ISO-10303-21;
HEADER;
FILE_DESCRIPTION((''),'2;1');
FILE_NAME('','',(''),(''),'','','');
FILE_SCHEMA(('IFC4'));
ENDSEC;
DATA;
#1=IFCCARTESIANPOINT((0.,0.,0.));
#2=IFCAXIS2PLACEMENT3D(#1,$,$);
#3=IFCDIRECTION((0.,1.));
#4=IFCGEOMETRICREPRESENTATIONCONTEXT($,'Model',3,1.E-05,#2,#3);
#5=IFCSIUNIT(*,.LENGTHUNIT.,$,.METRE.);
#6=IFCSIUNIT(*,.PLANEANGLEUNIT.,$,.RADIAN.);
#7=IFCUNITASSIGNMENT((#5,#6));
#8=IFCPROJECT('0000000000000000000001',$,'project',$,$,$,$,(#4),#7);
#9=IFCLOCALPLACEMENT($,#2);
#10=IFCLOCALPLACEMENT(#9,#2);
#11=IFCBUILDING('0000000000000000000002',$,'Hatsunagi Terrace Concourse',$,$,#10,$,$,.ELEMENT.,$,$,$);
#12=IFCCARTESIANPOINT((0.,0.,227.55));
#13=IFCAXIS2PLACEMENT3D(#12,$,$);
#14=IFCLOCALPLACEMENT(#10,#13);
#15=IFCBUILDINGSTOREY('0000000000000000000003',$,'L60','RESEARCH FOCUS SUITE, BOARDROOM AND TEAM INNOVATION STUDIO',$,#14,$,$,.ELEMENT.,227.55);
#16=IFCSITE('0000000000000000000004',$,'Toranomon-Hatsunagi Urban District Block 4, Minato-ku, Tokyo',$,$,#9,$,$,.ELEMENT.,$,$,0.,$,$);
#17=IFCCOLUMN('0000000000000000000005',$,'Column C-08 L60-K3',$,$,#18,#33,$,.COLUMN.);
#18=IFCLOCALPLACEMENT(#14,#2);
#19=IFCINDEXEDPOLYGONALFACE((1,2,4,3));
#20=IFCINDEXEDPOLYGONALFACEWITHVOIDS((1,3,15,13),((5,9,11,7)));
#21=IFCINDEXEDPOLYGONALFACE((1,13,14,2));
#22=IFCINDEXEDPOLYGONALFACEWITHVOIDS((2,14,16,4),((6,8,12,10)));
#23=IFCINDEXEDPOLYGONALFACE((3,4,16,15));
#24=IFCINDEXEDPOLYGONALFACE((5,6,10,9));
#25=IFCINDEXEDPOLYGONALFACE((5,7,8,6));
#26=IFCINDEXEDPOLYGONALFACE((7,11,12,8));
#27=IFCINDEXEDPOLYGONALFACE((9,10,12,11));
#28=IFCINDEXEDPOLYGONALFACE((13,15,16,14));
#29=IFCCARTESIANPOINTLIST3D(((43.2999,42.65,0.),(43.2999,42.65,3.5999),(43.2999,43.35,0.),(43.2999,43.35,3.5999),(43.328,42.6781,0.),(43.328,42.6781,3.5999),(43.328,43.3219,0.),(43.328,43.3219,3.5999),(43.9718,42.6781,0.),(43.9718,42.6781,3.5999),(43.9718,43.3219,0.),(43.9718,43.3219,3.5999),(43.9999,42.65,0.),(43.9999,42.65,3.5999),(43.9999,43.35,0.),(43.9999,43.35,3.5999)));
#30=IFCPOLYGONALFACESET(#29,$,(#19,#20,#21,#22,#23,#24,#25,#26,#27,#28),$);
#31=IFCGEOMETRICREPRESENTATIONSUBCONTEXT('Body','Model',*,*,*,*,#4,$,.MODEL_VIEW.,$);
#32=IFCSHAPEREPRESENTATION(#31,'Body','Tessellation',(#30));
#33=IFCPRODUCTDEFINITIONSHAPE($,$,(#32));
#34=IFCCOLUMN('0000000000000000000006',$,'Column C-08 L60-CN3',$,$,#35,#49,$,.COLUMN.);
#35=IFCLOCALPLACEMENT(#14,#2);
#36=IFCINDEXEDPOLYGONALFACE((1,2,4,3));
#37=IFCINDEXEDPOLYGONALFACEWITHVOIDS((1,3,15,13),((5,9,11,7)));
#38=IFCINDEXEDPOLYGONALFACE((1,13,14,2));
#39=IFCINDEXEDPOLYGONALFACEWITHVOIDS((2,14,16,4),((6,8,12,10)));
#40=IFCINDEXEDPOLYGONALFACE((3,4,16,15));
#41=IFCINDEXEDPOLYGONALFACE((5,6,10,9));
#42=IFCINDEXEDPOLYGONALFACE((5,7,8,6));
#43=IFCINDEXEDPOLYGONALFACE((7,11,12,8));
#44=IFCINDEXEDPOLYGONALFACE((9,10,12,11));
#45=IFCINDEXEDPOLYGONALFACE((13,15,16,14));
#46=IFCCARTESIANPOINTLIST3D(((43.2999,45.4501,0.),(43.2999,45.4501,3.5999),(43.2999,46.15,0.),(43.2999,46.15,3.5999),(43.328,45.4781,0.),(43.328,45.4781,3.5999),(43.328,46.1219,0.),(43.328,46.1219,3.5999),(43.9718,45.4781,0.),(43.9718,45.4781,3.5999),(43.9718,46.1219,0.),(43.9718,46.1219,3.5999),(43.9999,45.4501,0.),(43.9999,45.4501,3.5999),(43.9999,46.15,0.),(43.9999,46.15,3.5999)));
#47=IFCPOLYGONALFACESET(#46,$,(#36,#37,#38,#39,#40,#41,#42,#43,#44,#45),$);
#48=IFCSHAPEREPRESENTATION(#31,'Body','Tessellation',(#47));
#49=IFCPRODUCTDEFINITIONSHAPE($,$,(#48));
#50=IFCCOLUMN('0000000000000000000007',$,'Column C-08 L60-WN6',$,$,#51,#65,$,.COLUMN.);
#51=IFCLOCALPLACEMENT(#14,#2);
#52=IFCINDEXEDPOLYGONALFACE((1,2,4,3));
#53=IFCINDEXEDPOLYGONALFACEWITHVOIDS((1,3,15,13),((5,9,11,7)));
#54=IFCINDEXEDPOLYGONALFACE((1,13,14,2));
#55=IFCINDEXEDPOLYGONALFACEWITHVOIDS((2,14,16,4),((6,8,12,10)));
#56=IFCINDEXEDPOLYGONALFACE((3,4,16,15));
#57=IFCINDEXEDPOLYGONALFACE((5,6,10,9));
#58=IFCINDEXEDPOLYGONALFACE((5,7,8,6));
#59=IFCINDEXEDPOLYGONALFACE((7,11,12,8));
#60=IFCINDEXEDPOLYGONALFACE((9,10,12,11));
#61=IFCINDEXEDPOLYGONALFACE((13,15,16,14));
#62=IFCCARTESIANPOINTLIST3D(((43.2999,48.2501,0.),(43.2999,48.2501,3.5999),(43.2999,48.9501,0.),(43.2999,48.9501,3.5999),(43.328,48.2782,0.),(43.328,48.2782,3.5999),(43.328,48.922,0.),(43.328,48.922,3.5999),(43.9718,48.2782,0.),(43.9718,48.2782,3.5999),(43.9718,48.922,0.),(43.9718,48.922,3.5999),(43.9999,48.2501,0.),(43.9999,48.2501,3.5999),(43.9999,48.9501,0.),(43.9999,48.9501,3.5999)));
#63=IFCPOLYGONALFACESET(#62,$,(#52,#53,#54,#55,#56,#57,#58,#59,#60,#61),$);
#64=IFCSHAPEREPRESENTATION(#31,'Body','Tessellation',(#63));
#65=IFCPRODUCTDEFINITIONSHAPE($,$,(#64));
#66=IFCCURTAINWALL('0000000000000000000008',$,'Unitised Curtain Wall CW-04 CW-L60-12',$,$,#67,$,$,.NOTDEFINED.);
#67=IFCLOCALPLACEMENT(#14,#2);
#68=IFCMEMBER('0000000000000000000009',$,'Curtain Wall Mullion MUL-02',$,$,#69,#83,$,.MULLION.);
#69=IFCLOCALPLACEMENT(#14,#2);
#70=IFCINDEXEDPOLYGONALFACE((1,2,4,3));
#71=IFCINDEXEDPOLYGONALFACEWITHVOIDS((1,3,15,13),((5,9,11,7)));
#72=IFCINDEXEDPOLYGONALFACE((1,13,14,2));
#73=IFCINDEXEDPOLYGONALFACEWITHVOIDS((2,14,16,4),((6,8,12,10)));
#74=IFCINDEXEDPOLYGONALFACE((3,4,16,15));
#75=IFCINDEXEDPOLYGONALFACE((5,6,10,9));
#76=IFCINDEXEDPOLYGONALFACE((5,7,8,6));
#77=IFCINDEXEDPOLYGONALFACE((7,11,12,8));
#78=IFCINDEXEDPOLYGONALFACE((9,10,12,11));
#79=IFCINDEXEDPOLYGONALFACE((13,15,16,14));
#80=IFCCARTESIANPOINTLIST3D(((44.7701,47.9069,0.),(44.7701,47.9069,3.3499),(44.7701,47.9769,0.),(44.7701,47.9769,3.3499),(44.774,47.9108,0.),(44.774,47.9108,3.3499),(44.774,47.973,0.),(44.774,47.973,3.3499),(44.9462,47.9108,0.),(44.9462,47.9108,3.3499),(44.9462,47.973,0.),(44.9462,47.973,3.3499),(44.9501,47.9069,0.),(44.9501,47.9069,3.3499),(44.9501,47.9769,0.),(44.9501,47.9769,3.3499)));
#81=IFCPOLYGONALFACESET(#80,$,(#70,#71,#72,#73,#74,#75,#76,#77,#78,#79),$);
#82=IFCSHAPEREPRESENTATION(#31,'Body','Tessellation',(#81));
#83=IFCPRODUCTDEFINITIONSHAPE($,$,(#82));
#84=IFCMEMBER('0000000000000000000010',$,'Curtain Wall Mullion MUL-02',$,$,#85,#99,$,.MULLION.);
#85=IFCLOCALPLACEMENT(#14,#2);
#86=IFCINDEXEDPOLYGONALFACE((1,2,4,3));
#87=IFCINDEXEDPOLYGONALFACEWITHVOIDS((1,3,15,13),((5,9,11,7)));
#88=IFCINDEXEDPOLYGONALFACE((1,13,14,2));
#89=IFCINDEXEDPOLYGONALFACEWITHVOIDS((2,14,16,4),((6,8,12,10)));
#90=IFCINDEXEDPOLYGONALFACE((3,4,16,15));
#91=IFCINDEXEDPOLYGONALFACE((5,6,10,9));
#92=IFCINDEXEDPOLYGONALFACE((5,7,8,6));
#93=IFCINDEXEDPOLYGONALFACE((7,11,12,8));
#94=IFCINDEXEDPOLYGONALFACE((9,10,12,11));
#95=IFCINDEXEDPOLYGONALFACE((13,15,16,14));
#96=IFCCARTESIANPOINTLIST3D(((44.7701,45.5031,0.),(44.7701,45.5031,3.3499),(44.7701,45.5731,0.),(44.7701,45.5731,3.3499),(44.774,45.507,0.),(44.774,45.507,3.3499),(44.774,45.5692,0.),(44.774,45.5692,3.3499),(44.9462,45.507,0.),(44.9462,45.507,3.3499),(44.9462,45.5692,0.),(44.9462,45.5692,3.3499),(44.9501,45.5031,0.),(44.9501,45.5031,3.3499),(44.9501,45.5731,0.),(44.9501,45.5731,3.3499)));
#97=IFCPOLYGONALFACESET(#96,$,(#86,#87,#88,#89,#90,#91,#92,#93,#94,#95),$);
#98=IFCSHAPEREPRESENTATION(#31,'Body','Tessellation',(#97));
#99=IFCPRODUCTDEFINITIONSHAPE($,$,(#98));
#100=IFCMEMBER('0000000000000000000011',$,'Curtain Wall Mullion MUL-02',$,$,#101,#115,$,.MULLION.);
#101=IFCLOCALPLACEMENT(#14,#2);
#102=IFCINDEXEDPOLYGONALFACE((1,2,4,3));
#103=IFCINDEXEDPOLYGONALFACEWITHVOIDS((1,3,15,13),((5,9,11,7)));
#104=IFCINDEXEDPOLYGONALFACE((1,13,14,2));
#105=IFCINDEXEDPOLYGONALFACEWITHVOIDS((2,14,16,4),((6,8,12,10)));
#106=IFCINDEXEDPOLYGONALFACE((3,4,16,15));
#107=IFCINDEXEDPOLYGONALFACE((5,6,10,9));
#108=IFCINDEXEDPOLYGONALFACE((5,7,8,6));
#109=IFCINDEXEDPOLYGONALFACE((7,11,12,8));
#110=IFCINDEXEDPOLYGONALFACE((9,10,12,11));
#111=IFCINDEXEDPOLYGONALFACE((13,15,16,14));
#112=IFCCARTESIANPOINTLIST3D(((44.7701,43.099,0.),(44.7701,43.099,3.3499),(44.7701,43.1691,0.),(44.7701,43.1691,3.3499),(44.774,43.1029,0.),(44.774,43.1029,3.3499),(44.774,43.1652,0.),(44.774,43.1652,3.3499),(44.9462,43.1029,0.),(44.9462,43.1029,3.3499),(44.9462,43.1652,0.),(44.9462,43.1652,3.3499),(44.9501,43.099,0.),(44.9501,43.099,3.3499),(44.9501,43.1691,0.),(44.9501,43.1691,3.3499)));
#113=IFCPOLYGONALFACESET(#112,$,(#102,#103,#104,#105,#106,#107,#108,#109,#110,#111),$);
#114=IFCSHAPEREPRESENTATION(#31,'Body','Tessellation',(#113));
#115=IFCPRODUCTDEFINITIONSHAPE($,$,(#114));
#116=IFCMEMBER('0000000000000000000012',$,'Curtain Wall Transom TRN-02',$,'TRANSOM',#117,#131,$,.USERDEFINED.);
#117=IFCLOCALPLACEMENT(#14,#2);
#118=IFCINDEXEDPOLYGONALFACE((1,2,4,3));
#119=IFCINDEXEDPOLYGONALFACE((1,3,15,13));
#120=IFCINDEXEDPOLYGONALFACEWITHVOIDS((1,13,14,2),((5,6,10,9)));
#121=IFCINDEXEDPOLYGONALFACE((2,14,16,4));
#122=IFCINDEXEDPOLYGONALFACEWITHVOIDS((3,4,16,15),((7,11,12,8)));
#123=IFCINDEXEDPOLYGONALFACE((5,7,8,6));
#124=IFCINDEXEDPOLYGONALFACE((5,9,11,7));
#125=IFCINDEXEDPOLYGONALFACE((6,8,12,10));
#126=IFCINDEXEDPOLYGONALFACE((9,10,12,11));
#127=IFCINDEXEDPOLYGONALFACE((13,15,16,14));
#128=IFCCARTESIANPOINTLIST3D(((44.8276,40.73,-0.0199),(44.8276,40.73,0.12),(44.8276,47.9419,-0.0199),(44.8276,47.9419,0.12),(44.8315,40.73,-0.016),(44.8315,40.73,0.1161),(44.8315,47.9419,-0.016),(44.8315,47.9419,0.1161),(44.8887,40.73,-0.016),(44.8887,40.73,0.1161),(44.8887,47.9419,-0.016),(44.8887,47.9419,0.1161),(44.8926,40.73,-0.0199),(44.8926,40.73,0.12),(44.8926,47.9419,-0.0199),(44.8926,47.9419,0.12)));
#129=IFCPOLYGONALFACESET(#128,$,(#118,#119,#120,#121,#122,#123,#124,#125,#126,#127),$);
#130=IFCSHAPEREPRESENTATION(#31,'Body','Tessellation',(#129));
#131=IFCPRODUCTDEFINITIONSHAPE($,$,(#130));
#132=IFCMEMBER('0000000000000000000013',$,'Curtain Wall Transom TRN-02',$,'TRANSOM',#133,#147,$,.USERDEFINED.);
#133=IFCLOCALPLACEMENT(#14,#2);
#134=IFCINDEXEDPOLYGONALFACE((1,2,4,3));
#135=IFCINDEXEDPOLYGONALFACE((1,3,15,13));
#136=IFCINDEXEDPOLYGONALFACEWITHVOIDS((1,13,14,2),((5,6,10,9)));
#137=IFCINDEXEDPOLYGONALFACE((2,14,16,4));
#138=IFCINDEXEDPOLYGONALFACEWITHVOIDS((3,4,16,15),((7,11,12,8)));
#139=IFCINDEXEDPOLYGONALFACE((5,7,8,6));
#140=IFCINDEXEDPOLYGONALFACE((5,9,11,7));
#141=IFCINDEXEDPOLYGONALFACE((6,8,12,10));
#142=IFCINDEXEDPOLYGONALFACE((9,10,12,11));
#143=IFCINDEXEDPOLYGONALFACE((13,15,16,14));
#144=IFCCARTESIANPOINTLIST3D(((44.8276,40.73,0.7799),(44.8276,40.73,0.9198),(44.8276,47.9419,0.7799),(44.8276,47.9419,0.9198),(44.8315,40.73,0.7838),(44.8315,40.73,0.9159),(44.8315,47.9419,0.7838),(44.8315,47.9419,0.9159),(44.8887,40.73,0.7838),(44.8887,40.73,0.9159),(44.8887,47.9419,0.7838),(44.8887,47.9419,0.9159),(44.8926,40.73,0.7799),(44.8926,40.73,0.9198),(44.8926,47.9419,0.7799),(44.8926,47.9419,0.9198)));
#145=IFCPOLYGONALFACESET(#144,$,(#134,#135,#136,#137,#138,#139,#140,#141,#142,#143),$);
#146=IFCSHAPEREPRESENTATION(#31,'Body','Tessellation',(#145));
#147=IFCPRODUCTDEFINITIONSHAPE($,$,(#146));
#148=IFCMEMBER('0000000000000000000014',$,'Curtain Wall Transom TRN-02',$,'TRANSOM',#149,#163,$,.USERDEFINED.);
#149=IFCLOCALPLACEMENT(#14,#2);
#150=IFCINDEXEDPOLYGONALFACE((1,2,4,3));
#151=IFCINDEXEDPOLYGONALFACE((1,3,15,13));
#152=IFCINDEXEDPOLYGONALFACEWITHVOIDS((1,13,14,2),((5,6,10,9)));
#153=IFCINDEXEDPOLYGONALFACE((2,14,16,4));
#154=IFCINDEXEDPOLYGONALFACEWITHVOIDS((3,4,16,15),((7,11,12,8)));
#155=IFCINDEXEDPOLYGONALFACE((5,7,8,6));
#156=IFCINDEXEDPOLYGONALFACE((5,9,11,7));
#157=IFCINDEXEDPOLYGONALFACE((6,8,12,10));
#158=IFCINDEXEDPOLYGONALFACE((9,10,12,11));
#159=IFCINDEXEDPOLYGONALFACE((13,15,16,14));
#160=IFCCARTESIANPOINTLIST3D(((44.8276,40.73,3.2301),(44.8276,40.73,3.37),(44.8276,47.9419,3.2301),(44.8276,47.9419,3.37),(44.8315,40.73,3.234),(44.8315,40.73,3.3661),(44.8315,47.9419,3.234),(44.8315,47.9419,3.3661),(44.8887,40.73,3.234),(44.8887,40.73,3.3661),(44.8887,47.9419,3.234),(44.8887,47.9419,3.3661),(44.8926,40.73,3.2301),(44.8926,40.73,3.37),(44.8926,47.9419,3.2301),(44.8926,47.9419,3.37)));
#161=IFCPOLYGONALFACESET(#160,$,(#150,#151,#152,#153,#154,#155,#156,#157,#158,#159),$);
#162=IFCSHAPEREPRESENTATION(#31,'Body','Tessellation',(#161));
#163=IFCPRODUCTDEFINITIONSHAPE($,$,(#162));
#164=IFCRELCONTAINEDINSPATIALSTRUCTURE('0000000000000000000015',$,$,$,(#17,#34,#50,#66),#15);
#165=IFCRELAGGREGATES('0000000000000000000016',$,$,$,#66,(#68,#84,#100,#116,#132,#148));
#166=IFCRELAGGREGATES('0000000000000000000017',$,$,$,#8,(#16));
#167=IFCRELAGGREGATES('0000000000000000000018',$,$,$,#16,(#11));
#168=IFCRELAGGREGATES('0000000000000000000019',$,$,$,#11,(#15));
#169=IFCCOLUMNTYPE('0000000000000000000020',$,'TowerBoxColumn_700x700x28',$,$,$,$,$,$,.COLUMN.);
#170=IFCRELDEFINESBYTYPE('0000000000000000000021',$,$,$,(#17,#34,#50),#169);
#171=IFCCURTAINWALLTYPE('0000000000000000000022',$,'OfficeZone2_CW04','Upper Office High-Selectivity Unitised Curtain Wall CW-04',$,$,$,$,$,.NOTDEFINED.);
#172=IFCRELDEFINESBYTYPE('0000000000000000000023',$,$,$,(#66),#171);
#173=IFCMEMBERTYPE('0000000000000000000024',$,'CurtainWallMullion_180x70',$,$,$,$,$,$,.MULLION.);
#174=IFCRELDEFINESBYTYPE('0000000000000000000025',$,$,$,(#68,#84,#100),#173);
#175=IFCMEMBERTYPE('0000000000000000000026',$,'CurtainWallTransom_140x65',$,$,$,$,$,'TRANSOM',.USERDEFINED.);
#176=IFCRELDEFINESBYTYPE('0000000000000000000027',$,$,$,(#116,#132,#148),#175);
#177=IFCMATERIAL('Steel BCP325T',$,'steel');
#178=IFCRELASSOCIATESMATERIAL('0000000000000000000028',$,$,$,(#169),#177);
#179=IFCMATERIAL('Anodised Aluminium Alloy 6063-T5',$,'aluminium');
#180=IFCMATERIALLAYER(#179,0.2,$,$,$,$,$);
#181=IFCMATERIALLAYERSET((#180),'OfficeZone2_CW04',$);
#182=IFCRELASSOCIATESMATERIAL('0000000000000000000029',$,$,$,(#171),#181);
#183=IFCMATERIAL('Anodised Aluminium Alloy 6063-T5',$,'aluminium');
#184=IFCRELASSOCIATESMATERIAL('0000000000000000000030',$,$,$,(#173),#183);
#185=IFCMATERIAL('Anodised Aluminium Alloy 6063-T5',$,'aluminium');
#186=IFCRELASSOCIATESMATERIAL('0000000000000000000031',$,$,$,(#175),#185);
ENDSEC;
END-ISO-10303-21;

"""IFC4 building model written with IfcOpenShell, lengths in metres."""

from ifc_helpers import new_model, si_unit, direction, frame, origin, origin_2d, place, context, subcontext, project, spatial, hollow_rectangle, extrude, material, layer, layer_set, material_profile, profile_set, type_object, element, aggregate, save


model = new_model("IFC4")

# Units and contexts
model_context = context("Model", 3, precision=1e-05, world=origin(), true_north=direction((0.0, 1.0)))
body_context = subcontext(model_context, "Body", "Model", "MODEL_VIEW")
ifc_project = project(units=[si_unit("LENGTHUNIT", "METRE"), si_unit("PLANEANGLEUNIT", "RADIAN")], contexts=[model_context])

# Site, building, storey
site_placement = place(None, origin())
site = spatial("IfcSite", under=ifc_project, at=site_placement, Name="Toranomon-Hatsunagi Urban District Block 4, Minato-ku, Tokyo", CompositionType="ELEMENT", RefElevation=0.0)
building_placement = place(site_placement, origin())
building = spatial("IfcBuilding", under=site, at=building_placement, Name="Hatsunagi Terrace Concourse", CompositionType="ELEMENT")
storey_placement = place(building_placement, frame((0.0, 0.0, 227.55)))
storey = spatial("IfcBuildingStorey", under=building, at=storey_placement, Name="L60", Description="RESEARCH FOCUS SUITE, BOARDROOM AND TEAM INNOVATION STUDIO", CompositionType="ELEMENT", Elevation=227.55)

# Columns
ifc_material_1 = material(Name="Steel BCP325T", Category="steel")
ifc_material_profile_1 = material_profile(ifc_material_1, hollow_rectangle(XDim=0.7, YDim=0.7, WallThickness=0.0281, at=origin_2d()), Name="BCP-700x700x28")
ifc_profile_set_1 = profile_set([ifc_material_profile_1], Name="Steel BCP325T")
column_type = type_object("IfcColumnType", Name="TowerBoxColumn_700x700x28", PredefinedType="COLUMN", material=ifc_profile_set_1)
for number, where, z_axis, x_axis, name in (
    (1, (43.6499, 43.0, 0.0), (0.0, 0.0, 1.0), (1.0, 0.0, 0.0), "Column C-08 L60-K3"),
    (2, (43.6499, 45.8, 0.0), (0.0, 0.0, 1.0), (1.0, 0.0, 0.0), "Column C-08 L60-CN3"),
    (3, (43.6499, 48.6001, 0.0), (0.0, 0.0, 1.0), (1.0, 0.0, 0.0), "Column C-08 L60-WN6"),
):
    element("IfcColumn", number, at=place(storey_placement, frame(where, z_axis=z_axis, x_axis=x_axis)), inside=storey, type_object=column_type, Name=name, PredefinedType="COLUMN", context=body_context, shape_type="SweptSolid", body=[
        extrude(hollow_rectangle(XDim=0.7, YDim=0.7, WallThickness=0.0281, at=origin_2d()), origin(), (0.0, 0.0, 1.0), 3.5999),
    ])

# Curtain wall, members
ifc_material_2 = material(Name="Anodised Aluminium Alloy 6063-T5", Category="aluminium")
ifc_layer_1 = layer(ifc_material_2, 0.2)
ifc_layer_set_1 = layer_set([ifc_layer_1], Name="OfficeZone2_CW04")
curtain_wall_type = type_object("IfcCurtainWallType", Name="OfficeZone2_CW04", Description="Upper Office High-Selectivity Unitised Curtain Wall CW-04", PredefinedType="NOTDEFINED", material=ifc_layer_set_1)
curtain_wall_placement = place(storey_placement, origin())
curtain_wall = element("IfcCurtainWall", 4, at=curtain_wall_placement, inside=storey, type_object=curtain_wall_type, Name="Unitised Curtain Wall CW-04 CW-L60-12", PredefinedType="NOTDEFINED")
ifc_material_3 = material(Name="Anodised Aluminium Alloy 6063-T5", Category="aluminium")
ifc_material_profile_2 = material_profile(ifc_material_3, hollow_rectangle(XDim=0.0701, YDim=0.1799, WallThickness=0.0039, at=origin_2d()), Name="ALU-MUL-180x70x4")
ifc_profile_set_2 = profile_set([ifc_material_profile_2], Name="Anodised Aluminium Alloy 6063-T5")
member_type_1 = type_object("IfcMemberType", Name="CurtainWallMullion_180x70", PredefinedType="MULLION", material=ifc_profile_set_2)
member_1_placement = place(storey_placement, frame((44.8601, 47.9419, 0.0), z_axis=(0.0, 0.0, 1.0), x_axis=(0.0, -1.0, 0.0)))
member_1 = element("IfcMember", 5, at=member_1_placement, type_object=member_type_1, Name="Curtain Wall Mullion MUL-02", PredefinedType="MULLION", context=body_context, shape_type="SweptSolid", body=[
    extrude(hollow_rectangle(XDim=0.0701, YDim=0.1799, WallThickness=0.0039, at=origin_2d()), origin(), (0.0, 0.0, 1.0), 3.3499),
])
member_2_placement = place(storey_placement, frame((44.8601, 45.5381, 0.0), z_axis=(0.0, 0.0, 1.0), x_axis=(0.0, -1.0, 0.0)))
member_2 = element("IfcMember", 6, at=member_2_placement, type_object=member_type_1, Name="Curtain Wall Mullion MUL-02", PredefinedType="MULLION", context=body_context, shape_type="SweptSolid", body=[
    extrude(hollow_rectangle(XDim=0.0701, YDim=0.1799, WallThickness=0.0039, at=origin_2d()), origin(), (0.0, 0.0, 1.0), 3.3499),
])
member_3_placement = place(storey_placement, frame((44.8601, 43.134, 0.0), z_axis=(0.0, 0.0, 1.0), x_axis=(0.0, -1.0, 0.0)))
member_3 = element("IfcMember", 7, at=member_3_placement, type_object=member_type_1, Name="Curtain Wall Mullion MUL-02", PredefinedType="MULLION", context=body_context, shape_type="SweptSolid", body=[
    extrude(hollow_rectangle(XDim=0.0701, YDim=0.1799, WallThickness=0.0039, at=origin_2d()), origin(), (0.0, 0.0, 1.0), 3.3499),
])
ifc_material_4 = material(Name="Anodised Aluminium Alloy 6063-T5", Category="aluminium")
ifc_material_profile_3 = material_profile(ifc_material_4, hollow_rectangle(XDim=0.0649, YDim=0.1399, WallThickness=0.0039, at=origin_2d()), Name="ALU-TRN-140x65x4")
ifc_profile_set_3 = profile_set([ifc_material_profile_3], Name="Anodised Aluminium Alloy 6063-T5")
member_type_2 = type_object("IfcMemberType", Name="CurtainWallTransom_140x65", ElementType="TRANSOM", PredefinedType="USERDEFINED", material=ifc_profile_set_3)
member_4_placement = place(storey_placement, frame((44.8601, 47.9419, 0.05), z_axis=(0.0, -1.0, 0.0), x_axis=(1.0, 0.0, 0.0)))
member_4 = element("IfcMember", 8, at=member_4_placement, type_object=member_type_2, Name="Curtain Wall Transom TRN-02", ObjectType="TRANSOM", PredefinedType="USERDEFINED", context=body_context, shape_type="SweptSolid", body=[
    extrude(hollow_rectangle(XDim=0.0649, YDim=0.1399, WallThickness=0.0039, at=origin_2d()), origin(), (0.0, 0.0, 1.0), 7.2119),
])
member_5_placement = place(storey_placement, frame((44.8601, 47.9419, 0.8499), z_axis=(0.0, -1.0, 0.0), x_axis=(1.0, 0.0, 0.0)))
member_5 = element("IfcMember", 9, at=member_5_placement, type_object=member_type_2, Name="Curtain Wall Transom TRN-02", ObjectType="TRANSOM", PredefinedType="USERDEFINED", context=body_context, shape_type="SweptSolid", body=[
    extrude(hollow_rectangle(XDim=0.0649, YDim=0.1399, WallThickness=0.0039, at=origin_2d()), origin(), (0.0, 0.0, 1.0), 7.2119),
])
member_6_placement = place(storey_placement, frame((44.8601, 47.9419, 3.3), z_axis=(0.0, -1.0, 0.0), x_axis=(1.0, 0.0, 0.0)))
member_6 = element("IfcMember", 10, at=member_6_placement, type_object=member_type_2, Name="Curtain Wall Transom TRN-02", ObjectType="TRANSOM", PredefinedType="USERDEFINED", context=body_context, shape_type="SweptSolid", body=[
    extrude(hollow_rectangle(XDim=0.0649, YDim=0.1399, WallThickness=0.0039, at=origin_2d()), origin(), (0.0, 0.0, 1.0), 7.2119),
])

aggregate(curtain_wall, [member_1, member_2, member_3, member_4, member_5, member_6])

save(model, "model.ifc")
